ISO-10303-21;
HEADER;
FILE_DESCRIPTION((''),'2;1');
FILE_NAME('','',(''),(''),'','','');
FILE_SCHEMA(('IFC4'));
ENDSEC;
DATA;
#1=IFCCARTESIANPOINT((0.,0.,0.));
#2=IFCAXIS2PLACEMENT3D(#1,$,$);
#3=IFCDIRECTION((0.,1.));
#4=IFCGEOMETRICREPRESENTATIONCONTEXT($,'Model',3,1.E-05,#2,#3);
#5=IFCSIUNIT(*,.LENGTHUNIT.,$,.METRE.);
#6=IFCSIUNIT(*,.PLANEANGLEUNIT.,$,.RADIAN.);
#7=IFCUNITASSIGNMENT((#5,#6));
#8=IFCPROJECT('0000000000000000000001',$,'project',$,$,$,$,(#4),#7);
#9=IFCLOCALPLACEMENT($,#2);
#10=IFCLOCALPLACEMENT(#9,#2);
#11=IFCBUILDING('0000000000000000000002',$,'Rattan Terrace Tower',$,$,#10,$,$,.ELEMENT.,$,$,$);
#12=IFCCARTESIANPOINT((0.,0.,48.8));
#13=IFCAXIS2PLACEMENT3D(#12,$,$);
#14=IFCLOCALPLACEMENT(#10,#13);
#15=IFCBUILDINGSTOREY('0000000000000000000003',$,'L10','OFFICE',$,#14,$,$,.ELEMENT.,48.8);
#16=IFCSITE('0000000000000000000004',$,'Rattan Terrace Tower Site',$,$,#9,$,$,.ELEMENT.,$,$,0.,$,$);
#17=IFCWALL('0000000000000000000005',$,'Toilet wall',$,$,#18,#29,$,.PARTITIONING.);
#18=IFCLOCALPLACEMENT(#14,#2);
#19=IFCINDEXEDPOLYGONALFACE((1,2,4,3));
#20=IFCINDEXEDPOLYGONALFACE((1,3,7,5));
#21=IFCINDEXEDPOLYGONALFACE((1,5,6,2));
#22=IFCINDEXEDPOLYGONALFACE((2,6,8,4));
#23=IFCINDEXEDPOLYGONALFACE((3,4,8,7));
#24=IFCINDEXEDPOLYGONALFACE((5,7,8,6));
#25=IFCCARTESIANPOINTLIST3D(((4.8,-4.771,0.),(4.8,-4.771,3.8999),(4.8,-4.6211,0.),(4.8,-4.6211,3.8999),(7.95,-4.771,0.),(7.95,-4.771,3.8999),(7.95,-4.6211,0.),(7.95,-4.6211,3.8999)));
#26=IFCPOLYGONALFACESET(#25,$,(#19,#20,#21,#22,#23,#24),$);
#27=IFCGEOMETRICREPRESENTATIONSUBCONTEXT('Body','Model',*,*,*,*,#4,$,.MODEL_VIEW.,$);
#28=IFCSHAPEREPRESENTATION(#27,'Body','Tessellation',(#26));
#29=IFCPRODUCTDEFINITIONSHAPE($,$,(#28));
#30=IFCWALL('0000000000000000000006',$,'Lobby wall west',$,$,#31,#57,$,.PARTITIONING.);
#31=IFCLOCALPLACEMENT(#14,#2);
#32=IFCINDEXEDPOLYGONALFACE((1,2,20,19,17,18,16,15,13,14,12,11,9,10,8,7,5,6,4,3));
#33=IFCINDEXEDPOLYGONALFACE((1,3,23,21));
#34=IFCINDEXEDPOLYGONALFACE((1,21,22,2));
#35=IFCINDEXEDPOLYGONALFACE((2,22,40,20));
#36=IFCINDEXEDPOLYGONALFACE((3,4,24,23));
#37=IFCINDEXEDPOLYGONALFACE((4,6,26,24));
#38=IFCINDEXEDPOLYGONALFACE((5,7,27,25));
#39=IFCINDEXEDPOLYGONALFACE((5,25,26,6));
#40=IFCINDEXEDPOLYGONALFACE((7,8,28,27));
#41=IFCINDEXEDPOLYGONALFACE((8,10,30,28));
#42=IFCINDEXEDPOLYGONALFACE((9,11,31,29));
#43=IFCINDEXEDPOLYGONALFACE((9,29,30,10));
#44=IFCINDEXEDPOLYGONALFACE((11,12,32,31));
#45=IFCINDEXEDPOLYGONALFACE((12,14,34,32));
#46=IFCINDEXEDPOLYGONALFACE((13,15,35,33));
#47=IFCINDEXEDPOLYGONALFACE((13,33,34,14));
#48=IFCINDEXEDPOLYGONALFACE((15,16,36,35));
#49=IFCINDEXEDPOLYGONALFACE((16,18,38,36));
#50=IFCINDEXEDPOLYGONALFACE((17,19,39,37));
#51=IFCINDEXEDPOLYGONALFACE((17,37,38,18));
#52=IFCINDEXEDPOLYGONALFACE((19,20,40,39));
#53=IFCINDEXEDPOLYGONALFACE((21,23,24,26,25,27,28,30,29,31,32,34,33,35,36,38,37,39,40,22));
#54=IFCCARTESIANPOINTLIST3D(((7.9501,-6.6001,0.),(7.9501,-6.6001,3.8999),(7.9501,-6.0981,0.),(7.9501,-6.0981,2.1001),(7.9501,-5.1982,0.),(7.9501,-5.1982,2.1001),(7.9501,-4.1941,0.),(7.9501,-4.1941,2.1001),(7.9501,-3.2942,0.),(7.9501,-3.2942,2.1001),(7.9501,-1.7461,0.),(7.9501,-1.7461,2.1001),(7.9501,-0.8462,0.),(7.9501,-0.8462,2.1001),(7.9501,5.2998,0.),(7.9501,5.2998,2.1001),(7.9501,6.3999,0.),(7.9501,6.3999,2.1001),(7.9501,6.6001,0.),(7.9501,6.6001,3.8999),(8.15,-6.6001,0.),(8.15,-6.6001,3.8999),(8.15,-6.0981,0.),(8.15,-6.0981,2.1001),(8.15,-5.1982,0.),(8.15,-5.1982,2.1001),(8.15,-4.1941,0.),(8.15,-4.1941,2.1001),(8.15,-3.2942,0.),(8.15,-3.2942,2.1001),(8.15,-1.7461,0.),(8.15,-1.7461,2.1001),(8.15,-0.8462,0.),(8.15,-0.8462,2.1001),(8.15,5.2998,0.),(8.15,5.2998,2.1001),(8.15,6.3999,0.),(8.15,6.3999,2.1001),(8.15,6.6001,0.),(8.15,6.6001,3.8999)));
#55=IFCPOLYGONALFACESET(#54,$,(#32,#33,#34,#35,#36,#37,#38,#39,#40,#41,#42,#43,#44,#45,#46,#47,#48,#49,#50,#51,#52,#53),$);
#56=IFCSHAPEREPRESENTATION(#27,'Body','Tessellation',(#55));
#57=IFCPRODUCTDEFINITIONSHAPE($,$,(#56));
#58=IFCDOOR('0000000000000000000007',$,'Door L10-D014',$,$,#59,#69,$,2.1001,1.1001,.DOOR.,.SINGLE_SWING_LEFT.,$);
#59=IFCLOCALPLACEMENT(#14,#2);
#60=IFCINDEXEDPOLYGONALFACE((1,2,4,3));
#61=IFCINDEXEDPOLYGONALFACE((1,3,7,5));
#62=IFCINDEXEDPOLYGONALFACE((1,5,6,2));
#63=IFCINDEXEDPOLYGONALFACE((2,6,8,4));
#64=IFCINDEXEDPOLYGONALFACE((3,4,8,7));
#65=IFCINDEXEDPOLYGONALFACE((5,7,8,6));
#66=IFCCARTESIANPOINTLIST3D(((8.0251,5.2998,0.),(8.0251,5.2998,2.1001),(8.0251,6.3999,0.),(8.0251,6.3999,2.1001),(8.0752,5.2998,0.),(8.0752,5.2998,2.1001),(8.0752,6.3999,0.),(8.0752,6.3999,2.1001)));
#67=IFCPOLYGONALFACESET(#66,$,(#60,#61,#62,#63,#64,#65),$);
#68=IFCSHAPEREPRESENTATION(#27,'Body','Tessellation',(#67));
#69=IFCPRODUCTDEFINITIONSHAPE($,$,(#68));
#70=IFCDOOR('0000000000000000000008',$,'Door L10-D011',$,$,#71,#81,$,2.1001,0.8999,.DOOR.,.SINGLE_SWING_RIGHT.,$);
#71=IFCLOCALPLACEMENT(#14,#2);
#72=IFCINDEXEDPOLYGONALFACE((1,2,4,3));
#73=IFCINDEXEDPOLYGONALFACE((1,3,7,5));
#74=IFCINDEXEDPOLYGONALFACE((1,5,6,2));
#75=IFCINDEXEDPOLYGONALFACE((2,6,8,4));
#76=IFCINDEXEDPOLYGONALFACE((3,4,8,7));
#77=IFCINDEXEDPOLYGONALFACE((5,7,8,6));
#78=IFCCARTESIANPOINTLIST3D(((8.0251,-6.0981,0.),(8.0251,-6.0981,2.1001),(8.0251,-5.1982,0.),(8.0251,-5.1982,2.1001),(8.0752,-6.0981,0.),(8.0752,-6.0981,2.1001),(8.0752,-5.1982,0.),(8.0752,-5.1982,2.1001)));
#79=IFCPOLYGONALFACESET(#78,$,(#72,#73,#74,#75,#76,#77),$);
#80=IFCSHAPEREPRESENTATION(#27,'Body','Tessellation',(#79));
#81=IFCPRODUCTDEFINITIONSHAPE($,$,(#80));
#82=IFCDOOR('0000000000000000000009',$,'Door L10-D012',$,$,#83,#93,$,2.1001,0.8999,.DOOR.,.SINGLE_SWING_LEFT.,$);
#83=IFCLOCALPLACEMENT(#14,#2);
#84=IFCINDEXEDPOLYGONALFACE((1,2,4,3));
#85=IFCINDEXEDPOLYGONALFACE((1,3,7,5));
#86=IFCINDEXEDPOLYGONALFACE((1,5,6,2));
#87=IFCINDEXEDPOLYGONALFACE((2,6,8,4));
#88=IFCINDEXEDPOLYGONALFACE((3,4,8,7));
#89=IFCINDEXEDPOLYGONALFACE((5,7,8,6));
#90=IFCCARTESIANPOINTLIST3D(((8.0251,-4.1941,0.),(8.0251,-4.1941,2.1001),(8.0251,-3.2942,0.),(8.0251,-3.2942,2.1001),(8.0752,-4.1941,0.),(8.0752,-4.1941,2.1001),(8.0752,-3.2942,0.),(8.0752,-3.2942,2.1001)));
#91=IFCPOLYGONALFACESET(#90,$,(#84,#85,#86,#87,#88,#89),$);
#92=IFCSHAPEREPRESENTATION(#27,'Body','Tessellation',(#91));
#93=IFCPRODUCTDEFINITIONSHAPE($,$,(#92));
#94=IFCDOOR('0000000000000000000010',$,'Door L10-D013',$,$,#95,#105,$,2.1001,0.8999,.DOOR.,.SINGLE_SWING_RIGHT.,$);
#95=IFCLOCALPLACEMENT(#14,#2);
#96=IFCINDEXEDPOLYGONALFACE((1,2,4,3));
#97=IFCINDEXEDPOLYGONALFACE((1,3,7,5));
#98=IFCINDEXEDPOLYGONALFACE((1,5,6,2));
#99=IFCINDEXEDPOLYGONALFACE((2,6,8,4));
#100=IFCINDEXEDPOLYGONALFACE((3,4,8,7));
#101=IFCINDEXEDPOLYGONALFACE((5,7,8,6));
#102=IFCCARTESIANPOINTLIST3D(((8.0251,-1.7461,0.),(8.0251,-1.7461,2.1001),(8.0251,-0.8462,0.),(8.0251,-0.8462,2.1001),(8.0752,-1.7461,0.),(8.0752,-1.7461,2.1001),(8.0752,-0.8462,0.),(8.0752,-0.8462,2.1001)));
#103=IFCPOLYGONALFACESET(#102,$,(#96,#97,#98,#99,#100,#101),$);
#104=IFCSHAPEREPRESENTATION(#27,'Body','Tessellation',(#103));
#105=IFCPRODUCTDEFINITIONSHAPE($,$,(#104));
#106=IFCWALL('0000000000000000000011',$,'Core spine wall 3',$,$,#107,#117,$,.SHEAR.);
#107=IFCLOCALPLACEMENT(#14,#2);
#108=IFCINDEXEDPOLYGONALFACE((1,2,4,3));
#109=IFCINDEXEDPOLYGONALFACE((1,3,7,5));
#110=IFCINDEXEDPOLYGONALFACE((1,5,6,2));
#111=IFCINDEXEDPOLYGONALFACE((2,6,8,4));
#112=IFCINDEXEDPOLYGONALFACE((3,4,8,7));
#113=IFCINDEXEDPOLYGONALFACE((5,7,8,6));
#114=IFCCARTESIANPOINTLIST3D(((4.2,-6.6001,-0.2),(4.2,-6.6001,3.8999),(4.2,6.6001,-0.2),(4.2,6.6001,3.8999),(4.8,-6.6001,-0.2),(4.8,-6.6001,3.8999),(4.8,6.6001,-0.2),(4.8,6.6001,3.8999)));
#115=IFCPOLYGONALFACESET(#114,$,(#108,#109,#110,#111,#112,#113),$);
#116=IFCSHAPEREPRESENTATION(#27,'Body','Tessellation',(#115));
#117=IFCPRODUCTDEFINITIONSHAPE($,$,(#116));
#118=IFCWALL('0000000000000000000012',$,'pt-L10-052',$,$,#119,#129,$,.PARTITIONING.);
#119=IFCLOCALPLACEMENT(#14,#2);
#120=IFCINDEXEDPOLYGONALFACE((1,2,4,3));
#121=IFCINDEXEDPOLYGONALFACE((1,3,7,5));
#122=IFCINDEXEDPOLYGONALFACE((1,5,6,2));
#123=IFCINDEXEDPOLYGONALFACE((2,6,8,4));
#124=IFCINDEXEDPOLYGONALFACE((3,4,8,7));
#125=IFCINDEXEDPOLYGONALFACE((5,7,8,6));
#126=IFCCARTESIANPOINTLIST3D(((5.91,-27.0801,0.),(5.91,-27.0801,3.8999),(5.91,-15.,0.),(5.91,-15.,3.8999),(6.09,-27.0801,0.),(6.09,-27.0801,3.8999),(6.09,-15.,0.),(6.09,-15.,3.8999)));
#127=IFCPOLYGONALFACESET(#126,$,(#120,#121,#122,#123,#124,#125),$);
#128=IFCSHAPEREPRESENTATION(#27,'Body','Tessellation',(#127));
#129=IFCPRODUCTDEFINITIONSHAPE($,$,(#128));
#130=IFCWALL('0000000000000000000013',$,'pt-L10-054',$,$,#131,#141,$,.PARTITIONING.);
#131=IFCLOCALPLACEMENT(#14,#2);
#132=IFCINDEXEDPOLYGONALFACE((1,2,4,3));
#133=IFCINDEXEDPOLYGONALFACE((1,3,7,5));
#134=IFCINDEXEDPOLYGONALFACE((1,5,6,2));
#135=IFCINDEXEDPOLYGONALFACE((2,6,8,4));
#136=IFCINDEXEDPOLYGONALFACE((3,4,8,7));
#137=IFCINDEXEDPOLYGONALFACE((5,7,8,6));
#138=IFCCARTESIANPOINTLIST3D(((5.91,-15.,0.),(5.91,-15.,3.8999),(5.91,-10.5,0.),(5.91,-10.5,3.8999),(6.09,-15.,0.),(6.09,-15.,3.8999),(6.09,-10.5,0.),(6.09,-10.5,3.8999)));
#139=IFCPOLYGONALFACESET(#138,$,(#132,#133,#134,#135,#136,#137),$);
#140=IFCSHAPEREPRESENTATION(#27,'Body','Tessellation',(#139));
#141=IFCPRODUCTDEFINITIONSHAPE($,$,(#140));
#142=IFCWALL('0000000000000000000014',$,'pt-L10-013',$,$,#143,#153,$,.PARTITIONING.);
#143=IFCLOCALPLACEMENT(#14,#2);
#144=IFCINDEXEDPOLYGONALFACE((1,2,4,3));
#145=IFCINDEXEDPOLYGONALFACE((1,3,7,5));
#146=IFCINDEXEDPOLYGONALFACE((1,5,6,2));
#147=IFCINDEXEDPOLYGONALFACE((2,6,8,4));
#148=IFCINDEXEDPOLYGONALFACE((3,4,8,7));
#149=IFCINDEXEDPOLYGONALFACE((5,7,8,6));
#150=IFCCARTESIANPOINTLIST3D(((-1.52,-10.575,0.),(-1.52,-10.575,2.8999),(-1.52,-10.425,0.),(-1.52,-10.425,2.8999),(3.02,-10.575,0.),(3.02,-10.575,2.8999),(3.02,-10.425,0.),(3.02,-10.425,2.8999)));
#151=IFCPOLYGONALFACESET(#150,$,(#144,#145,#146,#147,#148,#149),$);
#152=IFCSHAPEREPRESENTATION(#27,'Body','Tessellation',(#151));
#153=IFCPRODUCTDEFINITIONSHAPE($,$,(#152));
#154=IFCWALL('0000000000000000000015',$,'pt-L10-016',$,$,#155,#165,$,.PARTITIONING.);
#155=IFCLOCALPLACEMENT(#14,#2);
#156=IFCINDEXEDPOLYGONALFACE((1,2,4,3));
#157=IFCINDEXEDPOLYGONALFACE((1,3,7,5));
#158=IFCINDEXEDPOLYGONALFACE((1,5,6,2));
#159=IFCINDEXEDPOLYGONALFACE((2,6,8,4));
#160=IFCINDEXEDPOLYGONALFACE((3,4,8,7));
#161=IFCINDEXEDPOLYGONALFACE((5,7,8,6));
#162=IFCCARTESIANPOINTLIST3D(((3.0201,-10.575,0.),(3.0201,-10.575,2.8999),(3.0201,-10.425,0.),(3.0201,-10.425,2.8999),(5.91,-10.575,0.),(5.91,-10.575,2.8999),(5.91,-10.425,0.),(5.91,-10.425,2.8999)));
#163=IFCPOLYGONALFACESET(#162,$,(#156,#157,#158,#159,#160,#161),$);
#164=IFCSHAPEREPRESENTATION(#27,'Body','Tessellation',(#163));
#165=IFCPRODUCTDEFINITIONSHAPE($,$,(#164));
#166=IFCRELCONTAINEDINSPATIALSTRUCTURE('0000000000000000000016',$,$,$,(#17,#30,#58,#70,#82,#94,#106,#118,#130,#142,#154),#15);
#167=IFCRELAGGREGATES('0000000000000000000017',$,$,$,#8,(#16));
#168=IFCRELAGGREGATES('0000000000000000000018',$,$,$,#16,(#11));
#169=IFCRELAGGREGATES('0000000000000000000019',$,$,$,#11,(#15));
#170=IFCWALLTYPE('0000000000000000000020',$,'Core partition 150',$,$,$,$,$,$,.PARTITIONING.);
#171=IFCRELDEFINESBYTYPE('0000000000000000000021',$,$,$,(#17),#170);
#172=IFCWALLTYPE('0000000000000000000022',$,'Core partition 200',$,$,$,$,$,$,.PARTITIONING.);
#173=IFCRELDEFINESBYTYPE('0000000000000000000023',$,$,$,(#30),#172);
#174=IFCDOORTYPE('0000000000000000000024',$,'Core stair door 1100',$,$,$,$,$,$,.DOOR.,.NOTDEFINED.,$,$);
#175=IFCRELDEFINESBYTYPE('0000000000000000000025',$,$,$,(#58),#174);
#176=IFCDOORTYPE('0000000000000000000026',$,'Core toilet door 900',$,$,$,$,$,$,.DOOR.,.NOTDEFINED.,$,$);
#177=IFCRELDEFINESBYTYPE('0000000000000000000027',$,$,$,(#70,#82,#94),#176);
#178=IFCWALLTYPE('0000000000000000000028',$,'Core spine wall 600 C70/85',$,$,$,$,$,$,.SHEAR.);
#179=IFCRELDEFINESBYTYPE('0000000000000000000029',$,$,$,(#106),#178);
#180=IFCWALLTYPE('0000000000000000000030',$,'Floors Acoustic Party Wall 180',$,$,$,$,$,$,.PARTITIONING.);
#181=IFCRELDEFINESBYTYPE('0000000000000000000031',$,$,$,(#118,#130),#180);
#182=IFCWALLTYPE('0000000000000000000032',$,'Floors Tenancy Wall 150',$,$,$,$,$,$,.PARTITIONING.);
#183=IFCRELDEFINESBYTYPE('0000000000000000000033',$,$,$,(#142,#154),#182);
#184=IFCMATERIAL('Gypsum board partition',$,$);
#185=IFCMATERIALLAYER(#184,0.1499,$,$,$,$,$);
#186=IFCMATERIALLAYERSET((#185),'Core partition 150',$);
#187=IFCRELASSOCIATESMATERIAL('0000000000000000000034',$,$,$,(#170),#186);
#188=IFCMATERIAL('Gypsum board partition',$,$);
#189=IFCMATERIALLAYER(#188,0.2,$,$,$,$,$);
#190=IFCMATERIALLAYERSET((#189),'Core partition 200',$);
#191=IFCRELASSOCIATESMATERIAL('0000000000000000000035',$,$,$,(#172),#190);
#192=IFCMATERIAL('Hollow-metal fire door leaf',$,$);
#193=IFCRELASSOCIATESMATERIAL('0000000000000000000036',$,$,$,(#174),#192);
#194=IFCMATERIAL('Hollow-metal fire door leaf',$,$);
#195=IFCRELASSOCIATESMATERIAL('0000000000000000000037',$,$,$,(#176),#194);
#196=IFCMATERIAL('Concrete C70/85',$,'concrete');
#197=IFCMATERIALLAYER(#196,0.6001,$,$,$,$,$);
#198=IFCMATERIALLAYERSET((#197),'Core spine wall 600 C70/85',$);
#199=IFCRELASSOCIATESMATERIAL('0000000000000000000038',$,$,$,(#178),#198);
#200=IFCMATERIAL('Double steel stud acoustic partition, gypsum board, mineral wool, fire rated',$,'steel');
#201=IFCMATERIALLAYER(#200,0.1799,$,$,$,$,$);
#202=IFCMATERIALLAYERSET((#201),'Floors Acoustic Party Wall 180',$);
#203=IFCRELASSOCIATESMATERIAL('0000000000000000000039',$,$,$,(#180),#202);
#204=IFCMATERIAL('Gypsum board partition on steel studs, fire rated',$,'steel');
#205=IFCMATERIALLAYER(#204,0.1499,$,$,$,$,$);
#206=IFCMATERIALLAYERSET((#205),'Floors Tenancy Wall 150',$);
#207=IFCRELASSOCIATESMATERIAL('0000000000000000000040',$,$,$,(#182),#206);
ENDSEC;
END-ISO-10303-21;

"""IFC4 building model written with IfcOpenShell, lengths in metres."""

from ifc_helpers import new_model, si_unit, direction, frame, frame_2d, origin, place, context, subcontext, project, spatial, rectangle, extrude, material, layer, layer_set, type_object, element, fill, save


model = new_model("IFC4")

# Units and contexts
model_context = context("Model", 3, precision=1e-05, world=origin(), true_north=direction((0.0, 1.0)))
body_context = subcontext(model_context, "Body", "Model", "MODEL_VIEW")
ifc_project = project(units=[si_unit("LENGTHUNIT", "METRE"), si_unit("PLANEANGLEUNIT", "RADIAN")], contexts=[model_context])

# Site, building, storey
site_placement = place(None, origin())
site = spatial("IfcSite", under=ifc_project, at=site_placement, Name="Rattan Terrace Tower Site", CompositionType="ELEMENT", RefElevation=0.0)
building_placement = place(site_placement, origin())
building = spatial("IfcBuilding", under=site, at=building_placement, Name="Rattan Terrace Tower", CompositionType="ELEMENT")
storey_placement = place(building_placement, frame((0.0, 0.0, 48.8)))
storey = spatial("IfcBuildingStorey", under=building, at=storey_placement, Name="L10", Description="OFFICE", CompositionType="ELEMENT", Elevation=48.8)

# Wall
ifc_material_1 = material(Name="Gypsum board partition")
ifc_layer_1 = layer(ifc_material_1, 0.1499)
ifc_layer_set_1 = layer_set([ifc_layer_1], Name="Core partition 150")
wall_type_1 = type_object("IfcWallType", Name="Core partition 150", PredefinedType="PARTITIONING", material=ifc_layer_set_1)
wall_1_placement = place(storey_placement, frame((4.8, -4.696, 0.0), z_axis=(0.0, 0.0, 1.0), x_axis=(1.0, 0.0, 0.0)))
element("IfcWall", 1, at=wall_1_placement, inside=storey, type_object=wall_type_1, Name="Toilet wall", PredefinedType="PARTITIONING", context=body_context, shape_type="SweptSolid", body=[
    extrude(rectangle(XDim=3.1499, YDim=0.1499, at=frame_2d((1.575, 0.0))), origin(), (0.0, 0.0, 1.0), 3.8999),
])

# Wall, openings, doors
ifc_material_2 = material(Name="Gypsum board partition")
ifc_layer_2 = layer(ifc_material_2, 0.2)
ifc_layer_set_2 = layer_set([ifc_layer_2], Name="Core partition 200")
wall_type_2 = type_object("IfcWallType", Name="Core partition 200", PredefinedType="PARTITIONING", material=ifc_layer_set_2)
wall_2_placement = place(storey_placement, frame((8.05, -6.6001, 0.0), z_axis=(0.0, 0.0, 1.0), x_axis=(0.0, 1.0, 0.0)))
wall_2 = element("IfcWall", 2, at=wall_2_placement, inside=storey, type_object=wall_type_2, Name="Lobby wall west", PredefinedType="PARTITIONING", context=body_context, shape_type="SweptSolid", body=[
    extrude(rectangle(XDim=13.2002, YDim=0.2, at=frame_2d((6.6001, 0.0))), origin(), (0.0, 0.0, 1.0), 3.8999),
])
opening_1_placement = place(wall_2_placement, frame((0.502, 0.0, 0.0)))
opening_1 = element("IfcOpeningElement", 3, at=opening_1_placement, cuts=wall_2, PredefinedType="OPENING", context=body_context, shape_type="SweptSolid", body=[
    extrude(rectangle(XDim=0.8999, YDim=2.1001, at=frame_2d((0.45, 1.05))), frame((0.0, 0.1106, 0.0), z_axis=(0.0, -1.0, 0.0), x_axis=(1.0, 0.0, 0.0)), (0.0, 0.0, 1.0), 0.2209),
])
opening_2_placement = place(wall_2_placement, frame((2.406, 0.0, 0.0)))
opening_2 = element("IfcOpeningElement", 4, at=opening_2_placement, cuts=wall_2, PredefinedType="OPENING", context=body_context, shape_type="SweptSolid", body=[
    extrude(rectangle(XDim=0.8999, YDim=2.1001, at=frame_2d((0.45, 1.05))), frame((0.0, 0.1106, 0.0), z_axis=(0.0, -1.0, 0.0), x_axis=(1.0, 0.0, 0.0)), (0.0, 0.0, 1.0), 0.2209),
])
opening_3_placement = place(wall_2_placement, frame((4.854, 0.0, 0.0)))
opening_3 = element("IfcOpeningElement", 5, at=opening_3_placement, cuts=wall_2, PredefinedType="OPENING", context=body_context, shape_type="SweptSolid", body=[
    extrude(rectangle(XDim=0.8999, YDim=2.1001, at=frame_2d((0.45, 1.05))), frame((0.0, 0.1106, 0.0), z_axis=(0.0, -1.0, 0.0), x_axis=(1.0, 0.0, 0.0)), (0.0, 0.0, 1.0), 0.2209),
])
opening_4_placement = place(wall_2_placement, frame((11.8999, 0.0, 0.0)))
opening_4 = element("IfcOpeningElement", 6, at=opening_4_placement, cuts=wall_2, PredefinedType="OPENING", context=body_context, shape_type="SweptSolid", body=[
    extrude(rectangle(XDim=1.1001, YDim=2.1001, at=frame_2d((0.55, 1.05))), frame((0.0, 0.1106, 0.0), z_axis=(0.0, -1.0, 0.0), x_axis=(1.0, 0.0, 0.0)), (0.0, 0.0, 1.0), 0.2209),
])
ifc_material_3 = material(Name="Hollow-metal fire door leaf")
door_type_1 = type_object("IfcDoorType", Name="Core stair door 1100", OperationType="NOTDEFINED", PredefinedType="DOOR", material=ifc_material_3)
door_1_placement = place(opening_4_placement, origin())
door_1 = element("IfcDoor", 7, at=door_1_placement, inside=storey, type_object=door_type_1, Name="Door L10-D014", OperationType="SINGLE_SWING_LEFT", OverallHeight=2.1001, OverallWidth=1.1001, PredefinedType="DOOR", context=body_context, shape_type="SweptSolid", body=[
    extrude(rectangle(XDim=1.1001, YDim=2.1001, at=frame_2d((0.55, 1.05))), frame((0.0, 0.0249, 0.0), z_axis=(0.0, -1.0, 0.0), x_axis=(1.0, 0.0, 0.0)), (0.0, 0.0, 1.0), 0.05),
])
fill(opening_4, door_1)
ifc_material_4 = material(Name="Hollow-metal fire door leaf")
door_type_2 = type_object("IfcDoorType", Name="Core toilet door 900", OperationType="NOTDEFINED", PredefinedType="DOOR", material=ifc_material_4)
door_2_placement = place(opening_1_placement, origin())
door_2 = element("IfcDoor", 8, at=door_2_placement, inside=storey, type_object=door_type_2, Name="Door L10-D011", OperationType="SINGLE_SWING_RIGHT", OverallHeight=2.1001, OverallWidth=0.8999, PredefinedType="DOOR", context=body_context, shape_type="SweptSolid", body=[
    extrude(rectangle(XDim=0.8999, YDim=2.1001, at=frame_2d((0.45, 1.05))), frame((0.0, 0.0249, 0.0), z_axis=(0.0, -1.0, 0.0), x_axis=(1.0, 0.0, 0.0)), (0.0, 0.0, 1.0), 0.05),
])
fill(opening_1, door_2)
door_3_placement = place(opening_2_placement, origin())
door_3 = element("IfcDoor", 9, at=door_3_placement, inside=storey, type_object=door_type_2, Name="Door L10-D012", OperationType="SINGLE_SWING_LEFT", OverallHeight=2.1001, OverallWidth=0.8999, PredefinedType="DOOR", context=body_context, shape_type="SweptSolid", body=[
    extrude(rectangle(XDim=0.8999, YDim=2.1001, at=frame_2d((0.45, 1.05))), frame((0.0, 0.0249, 0.0), z_axis=(0.0, -1.0, 0.0), x_axis=(1.0, 0.0, 0.0)), (0.0, 0.0, 1.0), 0.05),
])
fill(opening_2, door_3)
door_4_placement = place(opening_3_placement, origin())
door_4 = element("IfcDoor", 10, at=door_4_placement, inside=storey, type_object=door_type_2, Name="Door L10-D013", OperationType="SINGLE_SWING_RIGHT", OverallHeight=2.1001, OverallWidth=0.8999, PredefinedType="DOOR", context=body_context, shape_type="SweptSolid", body=[
    extrude(rectangle(XDim=0.8999, YDim=2.1001, at=frame_2d((0.45, 1.05))), frame((0.0, 0.0249, 0.0), z_axis=(0.0, -1.0, 0.0), x_axis=(1.0, 0.0, 0.0)), (0.0, 0.0, 1.0), 0.05),
])
fill(opening_3, door_4)

# Walls
ifc_material_5 = material(Name="Concrete C70/85", Category="concrete")
ifc_layer_3 = layer(ifc_material_5, 0.6001)
ifc_layer_set_3 = layer_set([ifc_layer_3], Name="Core spine wall 600 C70/85")
wall_type_3 = type_object("IfcWallType", Name="Core spine wall 600 C70/85", PredefinedType="SHEAR", material=ifc_layer_set_3)
wall_3_placement = place(storey_placement, frame((4.5, -6.6001, -0.2), z_axis=(0.0, 0.0, 1.0), x_axis=(0.0, 1.0, 0.0)))
element("IfcWall", 11, at=wall_3_placement, inside=storey, type_object=wall_type_3, Name="Core spine wall 3", PredefinedType="SHEAR", context=body_context, shape_type="SweptSolid", body=[
    extrude(rectangle(XDim=13.2002, YDim=0.6001, at=frame_2d((6.6001, 0.0))), origin(), (0.0, 0.0, 1.0), 4.0999),
])
ifc_material_6 = material(Name="Double steel stud acoustic partition, gypsum board, mineral wool, fire rated", Category="steel")
ifc_layer_4 = layer(ifc_material_6, 0.1799)
ifc_layer_set_4 = layer_set([ifc_layer_4], Name="Floors Acoustic Party Wall 180")
wall_type_4 = type_object("IfcWallType", Name="Floors Acoustic Party Wall 180", PredefinedType="PARTITIONING", material=ifc_layer_set_4)
wall_4_placement = place(storey_placement, frame((6.0, -15.0, 0.0), z_axis=(0.0, 0.0, 1.0), x_axis=(0.0, -1.0, 0.0)))
element("IfcWall", 12, at=wall_4_placement, inside=storey, type_object=wall_type_4, Name="pt-L10-052", PredefinedType="PARTITIONING", context=body_context, shape_type="SweptSolid", body=[
    extrude(rectangle(XDim=12.0801, YDim=0.1799, at=frame_2d((6.04, 0.0))), origin(), (0.0, 0.0, 1.0), 3.8999),
])
wall_5_placement = place(storey_placement, frame((6.0, -10.5, 0.0), z_axis=(0.0, 0.0, 1.0), x_axis=(0.0, -1.0, 0.0)))
element("IfcWall", 13, at=wall_5_placement, inside=storey, type_object=wall_type_4, Name="pt-L10-054", PredefinedType="PARTITIONING", context=body_context, shape_type="SweptSolid", body=[
    extrude(rectangle(XDim=4.5, YDim=0.1799, at=frame_2d((2.25, 0.0))), origin(), (0.0, 0.0, 1.0), 3.8999),
])
ifc_material_7 = material(Name="Gypsum board partition on steel studs, fire rated", Category="steel")
ifc_layer_5 = layer(ifc_material_7, 0.1499)
ifc_layer_set_5 = layer_set([ifc_layer_5], Name="Floors Tenancy Wall 150")
wall_type_5 = type_object("IfcWallType", Name="Floors Tenancy Wall 150", PredefinedType="PARTITIONING", material=ifc_layer_set_5)
wall_6_placement = place(storey_placement, frame((3.02, -10.5, 0.0), z_axis=(0.0, 0.0, 1.0), x_axis=(-1.0, 0.0, 0.0)))
element("IfcWall", 14, at=wall_6_placement, inside=storey, type_object=wall_type_5, Name="pt-L10-013", PredefinedType="PARTITIONING", context=body_context, shape_type="SweptSolid", body=[
    extrude(rectangle(XDim=4.54, YDim=0.1499, at=frame_2d((2.27, 0.0))), origin(), (0.0, 0.0, 1.0), 2.8999),
])
wall_7_placement = place(storey_placement, frame((5.9099, -10.5, 0.0), z_axis=(0.0, 0.0, 1.0), x_axis=(-1.0, 0.0, 0.0)))
element("IfcWall", 15, at=wall_7_placement, inside=storey, type_object=wall_type_5, Name="pt-L10-016", PredefinedType="PARTITIONING", context=body_context, shape_type="SweptSolid", body=[
    extrude(rectangle(XDim=2.8899, YDim=0.1499, at=frame_2d((1.4448, 0.0))), origin(), (0.0, 0.0, 1.0), 2.8999),
])

save(model, "model.ifc")
